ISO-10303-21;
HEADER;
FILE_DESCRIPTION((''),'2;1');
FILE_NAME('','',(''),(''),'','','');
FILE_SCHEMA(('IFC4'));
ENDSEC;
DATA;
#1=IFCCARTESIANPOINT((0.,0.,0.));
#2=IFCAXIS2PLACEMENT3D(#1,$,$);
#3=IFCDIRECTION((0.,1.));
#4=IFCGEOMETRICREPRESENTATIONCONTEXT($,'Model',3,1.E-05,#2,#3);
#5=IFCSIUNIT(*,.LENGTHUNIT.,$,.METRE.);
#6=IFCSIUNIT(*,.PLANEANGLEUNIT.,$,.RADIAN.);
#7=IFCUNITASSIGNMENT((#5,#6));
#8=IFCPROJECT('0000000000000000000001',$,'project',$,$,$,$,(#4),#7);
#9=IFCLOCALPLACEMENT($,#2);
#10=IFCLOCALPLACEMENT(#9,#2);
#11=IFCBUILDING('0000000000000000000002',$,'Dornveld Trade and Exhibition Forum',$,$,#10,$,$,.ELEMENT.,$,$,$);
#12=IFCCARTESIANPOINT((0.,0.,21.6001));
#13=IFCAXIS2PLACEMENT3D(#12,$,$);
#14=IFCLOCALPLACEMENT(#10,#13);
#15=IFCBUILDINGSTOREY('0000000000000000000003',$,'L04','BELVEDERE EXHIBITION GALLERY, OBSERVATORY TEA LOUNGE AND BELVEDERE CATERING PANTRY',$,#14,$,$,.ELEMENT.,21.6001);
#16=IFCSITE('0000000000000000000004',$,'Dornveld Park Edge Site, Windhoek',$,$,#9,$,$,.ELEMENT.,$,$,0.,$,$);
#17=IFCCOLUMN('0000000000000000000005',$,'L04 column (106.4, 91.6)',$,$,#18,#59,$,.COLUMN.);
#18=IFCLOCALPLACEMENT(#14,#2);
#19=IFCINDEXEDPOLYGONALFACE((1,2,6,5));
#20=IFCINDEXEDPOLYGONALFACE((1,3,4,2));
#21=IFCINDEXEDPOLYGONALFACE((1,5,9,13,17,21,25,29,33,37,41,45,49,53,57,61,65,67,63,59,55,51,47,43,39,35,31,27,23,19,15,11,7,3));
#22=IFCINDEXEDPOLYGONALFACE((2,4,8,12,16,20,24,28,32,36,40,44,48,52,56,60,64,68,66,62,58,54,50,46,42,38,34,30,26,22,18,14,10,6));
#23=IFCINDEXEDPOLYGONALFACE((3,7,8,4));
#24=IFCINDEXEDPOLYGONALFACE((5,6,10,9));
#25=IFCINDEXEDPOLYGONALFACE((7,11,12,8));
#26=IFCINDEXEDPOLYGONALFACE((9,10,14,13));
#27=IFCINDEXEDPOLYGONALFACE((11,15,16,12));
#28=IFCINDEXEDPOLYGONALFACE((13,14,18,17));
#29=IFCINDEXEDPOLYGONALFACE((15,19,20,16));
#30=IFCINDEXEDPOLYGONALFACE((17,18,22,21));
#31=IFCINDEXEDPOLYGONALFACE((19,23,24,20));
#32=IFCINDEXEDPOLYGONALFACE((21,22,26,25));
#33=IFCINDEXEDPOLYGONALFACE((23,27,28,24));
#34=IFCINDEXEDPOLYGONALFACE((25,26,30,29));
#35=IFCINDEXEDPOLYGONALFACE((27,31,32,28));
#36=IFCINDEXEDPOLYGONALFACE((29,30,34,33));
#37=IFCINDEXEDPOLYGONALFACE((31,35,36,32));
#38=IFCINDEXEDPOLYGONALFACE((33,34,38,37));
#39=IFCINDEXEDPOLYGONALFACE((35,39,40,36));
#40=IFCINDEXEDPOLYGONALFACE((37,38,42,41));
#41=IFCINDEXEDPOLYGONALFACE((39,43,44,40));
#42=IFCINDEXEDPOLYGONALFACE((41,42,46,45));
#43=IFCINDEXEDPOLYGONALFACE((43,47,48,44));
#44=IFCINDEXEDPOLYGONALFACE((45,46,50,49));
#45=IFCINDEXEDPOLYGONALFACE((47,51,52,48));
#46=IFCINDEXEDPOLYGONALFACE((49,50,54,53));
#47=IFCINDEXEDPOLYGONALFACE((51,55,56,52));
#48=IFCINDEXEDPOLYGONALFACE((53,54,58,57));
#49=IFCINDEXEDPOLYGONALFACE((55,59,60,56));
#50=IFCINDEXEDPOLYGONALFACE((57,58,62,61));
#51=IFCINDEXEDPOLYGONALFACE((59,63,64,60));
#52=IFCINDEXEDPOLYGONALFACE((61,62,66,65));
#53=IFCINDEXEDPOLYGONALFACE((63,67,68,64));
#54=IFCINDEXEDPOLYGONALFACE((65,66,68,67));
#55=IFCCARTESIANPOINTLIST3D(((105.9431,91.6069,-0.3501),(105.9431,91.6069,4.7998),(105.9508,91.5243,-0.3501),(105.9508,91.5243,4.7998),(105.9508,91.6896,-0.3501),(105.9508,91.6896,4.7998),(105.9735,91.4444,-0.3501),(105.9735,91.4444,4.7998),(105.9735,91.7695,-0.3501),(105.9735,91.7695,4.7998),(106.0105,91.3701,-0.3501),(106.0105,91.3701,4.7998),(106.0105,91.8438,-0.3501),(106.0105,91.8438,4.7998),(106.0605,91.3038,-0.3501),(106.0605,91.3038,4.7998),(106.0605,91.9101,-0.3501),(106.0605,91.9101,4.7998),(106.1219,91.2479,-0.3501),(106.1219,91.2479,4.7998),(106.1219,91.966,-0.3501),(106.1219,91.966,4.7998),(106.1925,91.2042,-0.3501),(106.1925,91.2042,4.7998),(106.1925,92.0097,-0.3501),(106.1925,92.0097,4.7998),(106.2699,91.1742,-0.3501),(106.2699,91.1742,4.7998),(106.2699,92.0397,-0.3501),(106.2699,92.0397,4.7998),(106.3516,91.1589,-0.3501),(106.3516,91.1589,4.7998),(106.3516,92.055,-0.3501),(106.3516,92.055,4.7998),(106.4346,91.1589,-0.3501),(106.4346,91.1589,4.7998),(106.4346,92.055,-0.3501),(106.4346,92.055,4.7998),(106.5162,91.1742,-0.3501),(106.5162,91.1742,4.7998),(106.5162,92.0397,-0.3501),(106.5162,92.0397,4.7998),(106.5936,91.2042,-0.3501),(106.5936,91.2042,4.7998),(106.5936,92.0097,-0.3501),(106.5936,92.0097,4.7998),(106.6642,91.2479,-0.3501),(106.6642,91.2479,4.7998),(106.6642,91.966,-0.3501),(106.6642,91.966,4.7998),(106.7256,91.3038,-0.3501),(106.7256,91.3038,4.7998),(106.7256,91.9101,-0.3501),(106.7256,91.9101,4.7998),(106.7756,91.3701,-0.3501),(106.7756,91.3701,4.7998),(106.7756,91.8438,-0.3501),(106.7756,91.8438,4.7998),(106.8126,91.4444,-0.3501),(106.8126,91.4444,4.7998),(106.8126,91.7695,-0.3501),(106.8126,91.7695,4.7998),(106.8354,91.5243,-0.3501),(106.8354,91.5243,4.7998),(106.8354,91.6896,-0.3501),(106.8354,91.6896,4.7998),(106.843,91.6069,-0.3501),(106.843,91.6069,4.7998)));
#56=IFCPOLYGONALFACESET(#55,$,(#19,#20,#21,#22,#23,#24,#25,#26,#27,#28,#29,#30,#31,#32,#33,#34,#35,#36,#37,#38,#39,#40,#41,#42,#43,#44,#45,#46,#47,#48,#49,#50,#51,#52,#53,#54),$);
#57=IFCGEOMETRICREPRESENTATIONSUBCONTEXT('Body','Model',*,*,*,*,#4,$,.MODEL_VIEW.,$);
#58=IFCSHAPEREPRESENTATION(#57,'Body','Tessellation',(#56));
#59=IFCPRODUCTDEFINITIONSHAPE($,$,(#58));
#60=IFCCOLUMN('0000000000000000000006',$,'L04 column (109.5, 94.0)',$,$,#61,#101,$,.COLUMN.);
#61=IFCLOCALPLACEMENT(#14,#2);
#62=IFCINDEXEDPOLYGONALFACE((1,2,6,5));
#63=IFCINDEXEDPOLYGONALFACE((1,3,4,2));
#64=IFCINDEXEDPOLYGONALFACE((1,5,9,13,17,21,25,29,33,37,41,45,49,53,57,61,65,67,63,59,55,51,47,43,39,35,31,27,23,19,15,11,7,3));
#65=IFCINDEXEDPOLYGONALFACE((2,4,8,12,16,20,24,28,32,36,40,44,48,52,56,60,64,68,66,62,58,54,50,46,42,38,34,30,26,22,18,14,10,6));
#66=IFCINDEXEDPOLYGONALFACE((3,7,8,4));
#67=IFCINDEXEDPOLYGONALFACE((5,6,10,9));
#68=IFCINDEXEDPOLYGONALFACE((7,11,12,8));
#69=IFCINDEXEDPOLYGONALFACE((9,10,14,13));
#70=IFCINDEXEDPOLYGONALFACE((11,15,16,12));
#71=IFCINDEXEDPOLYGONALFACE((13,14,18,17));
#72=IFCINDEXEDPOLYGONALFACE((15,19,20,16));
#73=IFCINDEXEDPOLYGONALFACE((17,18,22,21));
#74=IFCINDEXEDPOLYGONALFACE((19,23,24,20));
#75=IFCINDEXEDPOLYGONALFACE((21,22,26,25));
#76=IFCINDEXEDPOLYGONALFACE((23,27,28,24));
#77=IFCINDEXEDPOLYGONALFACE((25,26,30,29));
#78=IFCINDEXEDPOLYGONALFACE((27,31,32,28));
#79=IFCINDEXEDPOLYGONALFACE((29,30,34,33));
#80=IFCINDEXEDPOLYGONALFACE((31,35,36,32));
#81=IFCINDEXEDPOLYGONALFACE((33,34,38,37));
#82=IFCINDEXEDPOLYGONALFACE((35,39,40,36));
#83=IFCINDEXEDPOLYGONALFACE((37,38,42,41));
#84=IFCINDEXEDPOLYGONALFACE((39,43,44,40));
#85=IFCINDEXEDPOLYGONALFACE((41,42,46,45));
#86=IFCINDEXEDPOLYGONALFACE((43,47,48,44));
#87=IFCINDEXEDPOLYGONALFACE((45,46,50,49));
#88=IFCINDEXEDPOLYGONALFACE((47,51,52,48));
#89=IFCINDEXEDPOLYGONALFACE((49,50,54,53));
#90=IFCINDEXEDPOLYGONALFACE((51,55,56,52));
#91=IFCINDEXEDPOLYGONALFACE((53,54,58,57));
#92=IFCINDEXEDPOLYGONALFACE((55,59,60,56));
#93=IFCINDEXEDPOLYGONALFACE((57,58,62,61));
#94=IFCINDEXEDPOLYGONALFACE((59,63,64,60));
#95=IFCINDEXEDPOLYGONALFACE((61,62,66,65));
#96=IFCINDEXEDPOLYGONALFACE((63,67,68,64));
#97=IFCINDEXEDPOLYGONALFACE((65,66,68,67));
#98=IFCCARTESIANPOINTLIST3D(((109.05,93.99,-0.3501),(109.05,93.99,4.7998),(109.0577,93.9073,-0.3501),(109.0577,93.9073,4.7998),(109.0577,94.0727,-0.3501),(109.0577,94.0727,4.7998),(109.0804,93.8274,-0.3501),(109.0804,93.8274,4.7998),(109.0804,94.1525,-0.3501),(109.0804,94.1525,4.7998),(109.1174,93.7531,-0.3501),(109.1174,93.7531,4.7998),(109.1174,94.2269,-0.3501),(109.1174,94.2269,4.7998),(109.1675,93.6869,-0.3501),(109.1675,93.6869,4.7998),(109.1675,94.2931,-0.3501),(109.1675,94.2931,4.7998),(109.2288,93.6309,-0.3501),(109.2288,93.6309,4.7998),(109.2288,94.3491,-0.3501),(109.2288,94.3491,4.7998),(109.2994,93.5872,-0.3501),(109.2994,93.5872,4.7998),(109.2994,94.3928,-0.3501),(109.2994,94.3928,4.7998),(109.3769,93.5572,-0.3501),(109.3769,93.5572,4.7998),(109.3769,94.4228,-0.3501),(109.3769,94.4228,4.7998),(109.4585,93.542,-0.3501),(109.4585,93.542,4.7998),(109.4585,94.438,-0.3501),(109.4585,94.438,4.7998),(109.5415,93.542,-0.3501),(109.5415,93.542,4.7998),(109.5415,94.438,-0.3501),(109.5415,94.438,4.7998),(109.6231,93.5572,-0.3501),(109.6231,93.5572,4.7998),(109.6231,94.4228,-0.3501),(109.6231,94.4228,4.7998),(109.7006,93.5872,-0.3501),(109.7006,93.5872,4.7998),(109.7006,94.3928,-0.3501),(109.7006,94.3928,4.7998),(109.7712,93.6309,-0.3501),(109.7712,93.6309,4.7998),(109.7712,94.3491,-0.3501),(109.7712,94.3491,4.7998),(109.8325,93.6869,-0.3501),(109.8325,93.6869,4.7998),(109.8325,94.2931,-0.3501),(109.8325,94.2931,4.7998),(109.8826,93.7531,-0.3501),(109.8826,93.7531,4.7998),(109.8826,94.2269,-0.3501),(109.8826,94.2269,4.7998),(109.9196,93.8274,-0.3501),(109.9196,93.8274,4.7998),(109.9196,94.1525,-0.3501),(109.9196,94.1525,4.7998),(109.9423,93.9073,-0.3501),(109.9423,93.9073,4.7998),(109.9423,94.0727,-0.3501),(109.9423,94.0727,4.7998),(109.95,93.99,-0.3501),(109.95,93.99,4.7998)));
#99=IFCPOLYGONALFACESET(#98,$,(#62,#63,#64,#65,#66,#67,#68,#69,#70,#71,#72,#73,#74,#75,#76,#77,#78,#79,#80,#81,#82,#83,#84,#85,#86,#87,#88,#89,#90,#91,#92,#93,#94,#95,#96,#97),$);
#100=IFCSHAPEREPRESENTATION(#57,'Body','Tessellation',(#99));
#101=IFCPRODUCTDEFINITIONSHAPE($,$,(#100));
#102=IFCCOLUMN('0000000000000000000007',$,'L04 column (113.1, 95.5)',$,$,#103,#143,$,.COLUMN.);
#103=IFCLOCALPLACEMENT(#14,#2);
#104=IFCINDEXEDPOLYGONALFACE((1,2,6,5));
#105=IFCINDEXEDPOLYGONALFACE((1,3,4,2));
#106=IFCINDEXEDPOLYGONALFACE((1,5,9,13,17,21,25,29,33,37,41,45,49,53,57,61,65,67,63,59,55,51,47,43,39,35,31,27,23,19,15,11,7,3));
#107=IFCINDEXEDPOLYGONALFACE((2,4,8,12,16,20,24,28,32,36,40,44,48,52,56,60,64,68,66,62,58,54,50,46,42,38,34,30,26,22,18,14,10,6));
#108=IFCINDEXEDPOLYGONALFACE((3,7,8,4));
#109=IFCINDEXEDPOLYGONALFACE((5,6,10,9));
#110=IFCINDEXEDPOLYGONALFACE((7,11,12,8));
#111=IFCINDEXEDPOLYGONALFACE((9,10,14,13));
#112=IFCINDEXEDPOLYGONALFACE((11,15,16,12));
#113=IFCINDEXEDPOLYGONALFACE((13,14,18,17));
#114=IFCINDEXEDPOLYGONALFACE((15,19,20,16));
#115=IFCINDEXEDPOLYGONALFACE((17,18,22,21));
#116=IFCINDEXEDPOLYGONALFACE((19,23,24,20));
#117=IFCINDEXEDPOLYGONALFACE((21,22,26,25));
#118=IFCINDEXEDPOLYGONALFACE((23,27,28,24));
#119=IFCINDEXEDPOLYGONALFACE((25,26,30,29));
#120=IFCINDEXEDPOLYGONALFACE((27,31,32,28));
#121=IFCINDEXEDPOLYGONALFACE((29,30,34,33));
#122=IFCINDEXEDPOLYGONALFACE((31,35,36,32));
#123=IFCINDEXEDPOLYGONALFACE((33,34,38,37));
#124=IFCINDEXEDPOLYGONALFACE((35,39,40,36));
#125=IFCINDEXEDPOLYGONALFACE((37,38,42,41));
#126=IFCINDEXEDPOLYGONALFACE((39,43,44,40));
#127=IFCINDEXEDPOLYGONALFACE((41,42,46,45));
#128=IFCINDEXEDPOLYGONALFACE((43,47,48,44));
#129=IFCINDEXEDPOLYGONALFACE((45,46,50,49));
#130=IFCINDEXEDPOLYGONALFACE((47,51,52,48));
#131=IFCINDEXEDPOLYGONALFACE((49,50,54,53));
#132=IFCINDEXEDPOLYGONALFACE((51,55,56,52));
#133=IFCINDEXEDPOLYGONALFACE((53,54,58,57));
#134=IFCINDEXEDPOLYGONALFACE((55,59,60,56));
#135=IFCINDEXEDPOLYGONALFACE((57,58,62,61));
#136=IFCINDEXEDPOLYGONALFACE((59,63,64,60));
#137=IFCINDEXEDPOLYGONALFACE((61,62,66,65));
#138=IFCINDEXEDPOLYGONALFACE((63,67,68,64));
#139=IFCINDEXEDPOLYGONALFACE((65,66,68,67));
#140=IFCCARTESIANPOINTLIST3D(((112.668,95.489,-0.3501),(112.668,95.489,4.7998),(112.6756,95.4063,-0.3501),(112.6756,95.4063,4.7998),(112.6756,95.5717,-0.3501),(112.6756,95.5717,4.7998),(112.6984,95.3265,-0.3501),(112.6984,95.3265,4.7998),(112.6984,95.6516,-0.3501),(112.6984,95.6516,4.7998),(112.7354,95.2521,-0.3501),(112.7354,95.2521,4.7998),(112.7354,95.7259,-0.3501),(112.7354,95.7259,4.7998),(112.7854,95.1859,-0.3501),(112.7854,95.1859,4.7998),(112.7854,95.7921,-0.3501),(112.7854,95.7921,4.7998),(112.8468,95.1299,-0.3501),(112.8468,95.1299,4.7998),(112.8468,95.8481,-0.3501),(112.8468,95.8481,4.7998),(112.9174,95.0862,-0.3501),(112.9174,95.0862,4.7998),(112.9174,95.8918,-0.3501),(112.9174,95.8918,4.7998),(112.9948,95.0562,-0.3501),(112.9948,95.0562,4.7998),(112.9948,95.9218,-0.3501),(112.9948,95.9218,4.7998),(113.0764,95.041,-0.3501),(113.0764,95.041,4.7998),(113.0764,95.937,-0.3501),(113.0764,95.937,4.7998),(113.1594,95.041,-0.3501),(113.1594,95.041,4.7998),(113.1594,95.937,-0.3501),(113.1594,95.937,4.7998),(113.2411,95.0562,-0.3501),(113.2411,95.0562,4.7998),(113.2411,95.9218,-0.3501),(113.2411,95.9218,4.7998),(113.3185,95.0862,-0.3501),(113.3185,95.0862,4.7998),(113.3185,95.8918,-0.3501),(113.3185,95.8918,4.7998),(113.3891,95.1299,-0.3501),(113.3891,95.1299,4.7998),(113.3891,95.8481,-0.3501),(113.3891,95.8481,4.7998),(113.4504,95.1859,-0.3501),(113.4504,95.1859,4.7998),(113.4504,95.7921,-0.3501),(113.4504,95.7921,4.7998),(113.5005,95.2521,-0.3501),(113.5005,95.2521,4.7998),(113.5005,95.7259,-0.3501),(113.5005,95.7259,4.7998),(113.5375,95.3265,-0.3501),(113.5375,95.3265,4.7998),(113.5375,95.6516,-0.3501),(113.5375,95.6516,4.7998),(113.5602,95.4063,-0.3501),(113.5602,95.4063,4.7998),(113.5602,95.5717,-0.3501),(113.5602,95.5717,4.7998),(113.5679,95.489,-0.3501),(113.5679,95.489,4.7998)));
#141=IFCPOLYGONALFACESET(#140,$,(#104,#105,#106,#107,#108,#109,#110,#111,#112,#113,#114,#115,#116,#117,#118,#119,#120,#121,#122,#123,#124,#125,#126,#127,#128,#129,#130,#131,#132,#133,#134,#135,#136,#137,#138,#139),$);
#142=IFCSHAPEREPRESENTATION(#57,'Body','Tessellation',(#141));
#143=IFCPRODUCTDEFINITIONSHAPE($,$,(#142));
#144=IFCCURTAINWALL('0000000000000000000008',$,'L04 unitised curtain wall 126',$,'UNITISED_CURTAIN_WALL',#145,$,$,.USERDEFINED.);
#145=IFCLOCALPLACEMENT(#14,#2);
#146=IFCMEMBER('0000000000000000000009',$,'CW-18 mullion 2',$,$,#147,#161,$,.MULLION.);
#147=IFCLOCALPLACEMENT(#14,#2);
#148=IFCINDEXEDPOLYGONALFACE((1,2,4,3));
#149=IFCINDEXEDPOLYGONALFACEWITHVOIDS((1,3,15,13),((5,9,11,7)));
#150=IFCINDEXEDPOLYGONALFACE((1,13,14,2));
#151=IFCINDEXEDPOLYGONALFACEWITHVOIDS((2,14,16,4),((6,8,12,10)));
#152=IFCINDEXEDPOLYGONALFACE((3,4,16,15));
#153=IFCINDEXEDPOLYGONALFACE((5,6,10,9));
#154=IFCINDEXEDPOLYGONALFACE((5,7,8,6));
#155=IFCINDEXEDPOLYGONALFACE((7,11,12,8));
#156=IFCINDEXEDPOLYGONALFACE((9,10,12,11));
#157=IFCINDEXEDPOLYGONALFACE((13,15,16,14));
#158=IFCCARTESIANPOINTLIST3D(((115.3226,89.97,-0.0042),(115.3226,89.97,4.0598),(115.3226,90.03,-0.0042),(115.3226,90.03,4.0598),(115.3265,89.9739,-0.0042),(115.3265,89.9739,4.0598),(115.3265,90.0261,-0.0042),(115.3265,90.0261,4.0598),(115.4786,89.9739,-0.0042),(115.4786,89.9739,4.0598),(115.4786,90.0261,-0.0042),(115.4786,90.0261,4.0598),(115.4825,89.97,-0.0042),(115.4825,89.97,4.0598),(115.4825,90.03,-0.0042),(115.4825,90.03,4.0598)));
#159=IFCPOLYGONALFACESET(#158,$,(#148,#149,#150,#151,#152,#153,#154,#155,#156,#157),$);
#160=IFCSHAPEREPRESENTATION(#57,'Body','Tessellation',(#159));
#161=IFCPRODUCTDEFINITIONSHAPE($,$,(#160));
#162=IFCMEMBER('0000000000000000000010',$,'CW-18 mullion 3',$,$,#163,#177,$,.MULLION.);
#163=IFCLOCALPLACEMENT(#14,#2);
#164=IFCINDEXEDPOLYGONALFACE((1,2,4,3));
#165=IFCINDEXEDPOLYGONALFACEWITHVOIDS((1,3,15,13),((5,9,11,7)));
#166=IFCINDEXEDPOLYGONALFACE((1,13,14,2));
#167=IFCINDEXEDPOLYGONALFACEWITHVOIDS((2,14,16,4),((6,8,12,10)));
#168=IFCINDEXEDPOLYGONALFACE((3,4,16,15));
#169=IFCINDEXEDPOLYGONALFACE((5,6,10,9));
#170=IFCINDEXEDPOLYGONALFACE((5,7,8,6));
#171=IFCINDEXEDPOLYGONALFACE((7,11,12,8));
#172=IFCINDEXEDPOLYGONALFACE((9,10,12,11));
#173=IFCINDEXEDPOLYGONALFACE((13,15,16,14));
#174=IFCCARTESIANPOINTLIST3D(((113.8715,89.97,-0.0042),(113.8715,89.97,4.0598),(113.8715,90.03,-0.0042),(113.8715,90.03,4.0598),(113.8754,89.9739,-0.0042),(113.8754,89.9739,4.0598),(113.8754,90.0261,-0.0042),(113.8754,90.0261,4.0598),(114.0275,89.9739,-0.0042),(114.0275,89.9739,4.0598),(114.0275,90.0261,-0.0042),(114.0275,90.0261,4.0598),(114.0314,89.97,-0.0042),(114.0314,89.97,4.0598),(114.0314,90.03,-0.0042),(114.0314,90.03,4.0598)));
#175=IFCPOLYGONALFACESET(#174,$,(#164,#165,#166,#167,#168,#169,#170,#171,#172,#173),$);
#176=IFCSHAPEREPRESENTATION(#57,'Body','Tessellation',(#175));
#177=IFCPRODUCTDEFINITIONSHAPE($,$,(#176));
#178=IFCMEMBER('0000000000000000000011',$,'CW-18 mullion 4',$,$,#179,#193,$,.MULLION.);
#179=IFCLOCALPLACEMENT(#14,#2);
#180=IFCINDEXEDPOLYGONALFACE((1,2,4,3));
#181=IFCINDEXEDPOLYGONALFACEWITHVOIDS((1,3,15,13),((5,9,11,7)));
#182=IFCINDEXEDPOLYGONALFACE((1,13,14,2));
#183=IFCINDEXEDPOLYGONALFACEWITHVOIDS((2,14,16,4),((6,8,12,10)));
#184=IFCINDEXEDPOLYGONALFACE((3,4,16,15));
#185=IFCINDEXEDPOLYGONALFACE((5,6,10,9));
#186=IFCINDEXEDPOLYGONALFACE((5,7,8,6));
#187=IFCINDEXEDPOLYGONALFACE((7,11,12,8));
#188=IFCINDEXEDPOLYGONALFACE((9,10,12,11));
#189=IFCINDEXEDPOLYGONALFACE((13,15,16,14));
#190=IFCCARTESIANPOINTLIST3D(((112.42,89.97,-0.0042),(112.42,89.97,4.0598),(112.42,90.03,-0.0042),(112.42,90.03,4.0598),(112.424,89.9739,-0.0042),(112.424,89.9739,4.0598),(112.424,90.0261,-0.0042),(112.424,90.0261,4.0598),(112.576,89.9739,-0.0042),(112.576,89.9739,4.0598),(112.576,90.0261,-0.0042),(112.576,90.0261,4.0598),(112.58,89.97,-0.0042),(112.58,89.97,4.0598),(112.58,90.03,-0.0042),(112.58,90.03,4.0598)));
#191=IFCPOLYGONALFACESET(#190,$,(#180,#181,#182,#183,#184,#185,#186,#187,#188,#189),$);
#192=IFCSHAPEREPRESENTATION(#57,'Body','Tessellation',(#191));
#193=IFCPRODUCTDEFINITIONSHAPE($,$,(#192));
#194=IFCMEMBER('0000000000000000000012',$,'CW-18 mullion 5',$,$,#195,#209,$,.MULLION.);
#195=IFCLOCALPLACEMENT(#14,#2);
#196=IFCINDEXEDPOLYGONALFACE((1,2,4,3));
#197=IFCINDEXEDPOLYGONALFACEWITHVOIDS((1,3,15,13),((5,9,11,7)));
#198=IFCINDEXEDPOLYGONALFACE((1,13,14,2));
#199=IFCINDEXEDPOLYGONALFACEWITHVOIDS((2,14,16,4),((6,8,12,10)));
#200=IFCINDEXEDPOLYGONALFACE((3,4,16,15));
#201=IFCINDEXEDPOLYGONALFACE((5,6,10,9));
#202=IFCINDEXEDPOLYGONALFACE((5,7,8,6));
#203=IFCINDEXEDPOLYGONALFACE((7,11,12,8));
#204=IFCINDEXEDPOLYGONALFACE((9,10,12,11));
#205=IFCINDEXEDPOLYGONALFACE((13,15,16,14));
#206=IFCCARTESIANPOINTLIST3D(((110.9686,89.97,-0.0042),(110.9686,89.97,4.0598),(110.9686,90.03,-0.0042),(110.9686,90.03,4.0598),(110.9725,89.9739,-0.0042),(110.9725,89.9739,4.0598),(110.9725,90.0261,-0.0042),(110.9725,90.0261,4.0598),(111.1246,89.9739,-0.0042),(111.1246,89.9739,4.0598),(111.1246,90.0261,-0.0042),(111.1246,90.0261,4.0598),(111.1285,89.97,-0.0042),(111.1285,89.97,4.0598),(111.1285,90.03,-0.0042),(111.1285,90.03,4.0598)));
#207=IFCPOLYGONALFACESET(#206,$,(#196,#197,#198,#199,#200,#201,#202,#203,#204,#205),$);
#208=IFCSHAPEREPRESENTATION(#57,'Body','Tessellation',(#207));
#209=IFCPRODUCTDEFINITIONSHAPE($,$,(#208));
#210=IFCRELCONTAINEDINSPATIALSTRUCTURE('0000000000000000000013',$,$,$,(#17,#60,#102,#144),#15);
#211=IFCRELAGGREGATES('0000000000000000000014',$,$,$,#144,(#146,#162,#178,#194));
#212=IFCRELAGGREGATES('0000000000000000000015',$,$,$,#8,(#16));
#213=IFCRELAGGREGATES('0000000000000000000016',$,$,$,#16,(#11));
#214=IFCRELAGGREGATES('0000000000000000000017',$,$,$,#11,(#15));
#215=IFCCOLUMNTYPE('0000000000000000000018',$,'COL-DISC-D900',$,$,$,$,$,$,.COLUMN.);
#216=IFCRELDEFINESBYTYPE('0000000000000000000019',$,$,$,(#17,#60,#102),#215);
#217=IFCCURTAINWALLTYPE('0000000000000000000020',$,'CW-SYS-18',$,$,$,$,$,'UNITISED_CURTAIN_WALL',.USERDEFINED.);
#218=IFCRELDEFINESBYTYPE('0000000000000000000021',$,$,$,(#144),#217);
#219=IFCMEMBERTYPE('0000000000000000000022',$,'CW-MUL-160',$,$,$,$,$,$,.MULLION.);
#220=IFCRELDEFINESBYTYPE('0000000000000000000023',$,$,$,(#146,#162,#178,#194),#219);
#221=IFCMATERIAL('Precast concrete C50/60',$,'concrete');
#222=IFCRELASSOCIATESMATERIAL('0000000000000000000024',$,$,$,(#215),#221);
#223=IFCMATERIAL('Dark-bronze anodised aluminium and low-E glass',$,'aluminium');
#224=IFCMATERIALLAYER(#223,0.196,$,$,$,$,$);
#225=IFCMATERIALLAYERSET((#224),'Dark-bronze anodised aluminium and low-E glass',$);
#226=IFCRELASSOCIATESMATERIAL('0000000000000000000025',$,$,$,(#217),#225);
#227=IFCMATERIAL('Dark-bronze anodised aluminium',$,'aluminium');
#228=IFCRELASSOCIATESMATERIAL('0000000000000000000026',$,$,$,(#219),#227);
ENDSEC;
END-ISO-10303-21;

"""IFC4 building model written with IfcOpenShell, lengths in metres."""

from ifc_helpers import new_model, si_unit, direction, frame, origin, origin_2d, place, context, subcontext, project, spatial, hollow_rectangle, circle, extrude, material, layer, layer_set, material_profile, profile_set, type_object, element, aggregate, save


model = new_model("IFC4")

# Units and contexts
model_context = context("Model", 3, precision=1e-05, world=origin(), true_north=direction((0.0, 1.0)))
body_context = subcontext(model_context, "Body", "Model", "MODEL_VIEW")
ifc_project = project(units=[si_unit("LENGTHUNIT", "METRE"), si_unit("PLANEANGLEUNIT", "RADIAN")], contexts=[model_context])

# Site, building, storey
site_placement = place(None, origin())
site = spatial("IfcSite", under=ifc_project, at=site_placement, Name="Dornveld Park Edge Site, Windhoek", CompositionType="ELEMENT", RefElevation=0.0)
building_placement = place(site_placement, origin())
building = spatial("IfcBuilding", under=site, at=building_placement, Name="Dornveld Trade and Exhibition Forum", CompositionType="ELEMENT")
storey_placement = place(building_placement, frame((0.0, 0.0, 21.6001)))
storey = spatial("IfcBuildingStorey", under=building, at=storey_placement, Name="L04", Description="BELVEDERE EXHIBITION GALLERY, OBSERVATORY TEA LOUNGE AND BELVEDERE CATERING PANTRY", CompositionType="ELEMENT", Elevation=21.6001)

# Columns
ifc_material_1 = material(Name="Precast concrete C50/60", Category="concrete")
ifc_material_profile_1 = material_profile(ifc_material_1, circle(Radius=0.45, at=origin_2d()), Name="PC-COL D900")
ifc_profile_set_1 = profile_set([ifc_material_profile_1], Name="Precast concrete C50/60")
column_type = type_object("IfcColumnType", Name="COL-DISC-D900", PredefinedType="COLUMN", material=ifc_profile_set_1)
for number, where, z_axis, x_axis, name in (
    (1, (106.3931, 91.6069, -0.3501), (0.0, 0.0, 1.0), (1.0, 0.0, 0.0), "L04 column (106.4, 91.6)"),
    (2, (109.5, 93.99, -0.3501), (0.0, 0.0, 1.0), (1.0, 0.0, 0.0), "L04 column (109.5, 94.0)"),
    (3, (113.1179, 95.489, -0.3501), (0.0, 0.0, 1.0), (1.0, 0.0, 0.0), "L04 column (113.1, 95.5)"),
):
    element("IfcColumn", number, at=place(storey_placement, frame(where, z_axis=z_axis, x_axis=x_axis)), inside=storey, type_object=column_type, Name=name, PredefinedType="COLUMN", context=body_context, shape_type="SweptSolid", body=[
        extrude(circle(Radius=0.45, at=origin_2d()), origin(), (0.0, 0.0, 1.0), 5.1499),
    ])

# Curtain wall, members
ifc_material_2 = material(Name="Dark-bronze anodised aluminium and low-E glass", Category="aluminium")
ifc_layer_1 = layer(ifc_material_2, 0.196)
ifc_layer_set_1 = layer_set([ifc_layer_1], Name="Dark-bronze anodised aluminium and low-E glass")
curtain_wall_type = type_object("IfcCurtainWallType", Name="CW-SYS-18", ElementType="UNITISED_CURTAIN_WALL", PredefinedType="USERDEFINED", material=ifc_layer_set_1)
curtain_wall_placement = place(storey_placement, origin())
curtain_wall = element("IfcCurtainWall", 4, at=curtain_wall_placement, inside=storey, type_object=curtain_wall_type, Name="L04 unitised curtain wall 126", ObjectType="UNITISED_CURTAIN_WALL", PredefinedType="USERDEFINED")
ifc_material_3 = material(Name="Dark-bronze anodised aluminium", Category="aluminium")
ifc_material_profile_2 = material_profile(ifc_material_3, hollow_rectangle(XDim=0.0601, YDim=0.1599, WallThickness=0.0039, at=origin_2d()), Name="RHS 160x60x4")
ifc_profile_set_2 = profile_set([ifc_material_profile_2], Name="Dark-bronze anodised aluminium")
member_type_1 = type_object("IfcMemberType", Name="CW-MUL-160", PredefinedType="MULLION", material=ifc_profile_set_2)
member_1_placement = place(storey_placement, frame((115.4026, 90.0, -0.0042), z_axis=(0.0, 0.0, 1.0), x_axis=(0.0, -1.0, 0.0)))
member_1 = element("IfcMember", 5, at=member_1_placement, type_object=member_type_1, Name="CW-18 mullion 2", PredefinedType="MULLION", context=body_context, shape_type="SweptSolid", body=[
    extrude(hollow_rectangle(XDim=0.0601, YDim=0.1599, WallThickness=0.0039, at=origin_2d()), origin(), (0.0, 0.0, 1.0), 4.064),
])
member_2_placement = place(storey_placement, frame((113.9514, 90.0, -0.0042), z_axis=(0.0, 0.0, 1.0), x_axis=(0.0, -1.0, 0.0)))
member_2 = element("IfcMember", 6, at=member_2_placement, type_object=member_type_1, Name="CW-18 mullion 3", PredefinedType="MULLION", context=body_context, shape_type="SweptSolid", body=[
    extrude(hollow_rectangle(XDim=0.0601, YDim=0.1599, WallThickness=0.0039, at=origin_2d()), origin(), (0.0, 0.0, 1.0), 4.064),
])
member_3_placement = place(storey_placement, frame((112.5, 90.0, -0.0042), z_axis=(0.0, 0.0, 1.0), x_axis=(0.0, -1.0, 0.0)))
member_3 = element("IfcMember", 7, at=member_3_placement, type_object=member_type_1, Name="CW-18 mullion 4", PredefinedType="MULLION", context=body_context, shape_type="SweptSolid", body=[
    extrude(hollow_rectangle(XDim=0.0601, YDim=0.1599, WallThickness=0.0039, at=origin_2d()), origin(), (0.0, 0.0, 1.0), 4.064),
])
member_4_placement = place(storey_placement, frame((111.0486, 90.0, -0.0042), z_axis=(0.0, 0.0, 1.0), x_axis=(0.0, -1.0, 0.0)))
member_4 = element("IfcMember", 8, at=member_4_placement, type_object=member_type_1, Name="CW-18 mullion 5", PredefinedType="MULLION", context=body_context, shape_type="SweptSolid", body=[
    extrude(hollow_rectangle(XDim=0.0601, YDim=0.1599, WallThickness=0.0039, at=origin_2d()), origin(), (0.0, 0.0, 1.0), 4.064),
])
aggregate(curtain_wall, [member_1, member_2, member_3, member_4])

save(model, "model.ifc")
